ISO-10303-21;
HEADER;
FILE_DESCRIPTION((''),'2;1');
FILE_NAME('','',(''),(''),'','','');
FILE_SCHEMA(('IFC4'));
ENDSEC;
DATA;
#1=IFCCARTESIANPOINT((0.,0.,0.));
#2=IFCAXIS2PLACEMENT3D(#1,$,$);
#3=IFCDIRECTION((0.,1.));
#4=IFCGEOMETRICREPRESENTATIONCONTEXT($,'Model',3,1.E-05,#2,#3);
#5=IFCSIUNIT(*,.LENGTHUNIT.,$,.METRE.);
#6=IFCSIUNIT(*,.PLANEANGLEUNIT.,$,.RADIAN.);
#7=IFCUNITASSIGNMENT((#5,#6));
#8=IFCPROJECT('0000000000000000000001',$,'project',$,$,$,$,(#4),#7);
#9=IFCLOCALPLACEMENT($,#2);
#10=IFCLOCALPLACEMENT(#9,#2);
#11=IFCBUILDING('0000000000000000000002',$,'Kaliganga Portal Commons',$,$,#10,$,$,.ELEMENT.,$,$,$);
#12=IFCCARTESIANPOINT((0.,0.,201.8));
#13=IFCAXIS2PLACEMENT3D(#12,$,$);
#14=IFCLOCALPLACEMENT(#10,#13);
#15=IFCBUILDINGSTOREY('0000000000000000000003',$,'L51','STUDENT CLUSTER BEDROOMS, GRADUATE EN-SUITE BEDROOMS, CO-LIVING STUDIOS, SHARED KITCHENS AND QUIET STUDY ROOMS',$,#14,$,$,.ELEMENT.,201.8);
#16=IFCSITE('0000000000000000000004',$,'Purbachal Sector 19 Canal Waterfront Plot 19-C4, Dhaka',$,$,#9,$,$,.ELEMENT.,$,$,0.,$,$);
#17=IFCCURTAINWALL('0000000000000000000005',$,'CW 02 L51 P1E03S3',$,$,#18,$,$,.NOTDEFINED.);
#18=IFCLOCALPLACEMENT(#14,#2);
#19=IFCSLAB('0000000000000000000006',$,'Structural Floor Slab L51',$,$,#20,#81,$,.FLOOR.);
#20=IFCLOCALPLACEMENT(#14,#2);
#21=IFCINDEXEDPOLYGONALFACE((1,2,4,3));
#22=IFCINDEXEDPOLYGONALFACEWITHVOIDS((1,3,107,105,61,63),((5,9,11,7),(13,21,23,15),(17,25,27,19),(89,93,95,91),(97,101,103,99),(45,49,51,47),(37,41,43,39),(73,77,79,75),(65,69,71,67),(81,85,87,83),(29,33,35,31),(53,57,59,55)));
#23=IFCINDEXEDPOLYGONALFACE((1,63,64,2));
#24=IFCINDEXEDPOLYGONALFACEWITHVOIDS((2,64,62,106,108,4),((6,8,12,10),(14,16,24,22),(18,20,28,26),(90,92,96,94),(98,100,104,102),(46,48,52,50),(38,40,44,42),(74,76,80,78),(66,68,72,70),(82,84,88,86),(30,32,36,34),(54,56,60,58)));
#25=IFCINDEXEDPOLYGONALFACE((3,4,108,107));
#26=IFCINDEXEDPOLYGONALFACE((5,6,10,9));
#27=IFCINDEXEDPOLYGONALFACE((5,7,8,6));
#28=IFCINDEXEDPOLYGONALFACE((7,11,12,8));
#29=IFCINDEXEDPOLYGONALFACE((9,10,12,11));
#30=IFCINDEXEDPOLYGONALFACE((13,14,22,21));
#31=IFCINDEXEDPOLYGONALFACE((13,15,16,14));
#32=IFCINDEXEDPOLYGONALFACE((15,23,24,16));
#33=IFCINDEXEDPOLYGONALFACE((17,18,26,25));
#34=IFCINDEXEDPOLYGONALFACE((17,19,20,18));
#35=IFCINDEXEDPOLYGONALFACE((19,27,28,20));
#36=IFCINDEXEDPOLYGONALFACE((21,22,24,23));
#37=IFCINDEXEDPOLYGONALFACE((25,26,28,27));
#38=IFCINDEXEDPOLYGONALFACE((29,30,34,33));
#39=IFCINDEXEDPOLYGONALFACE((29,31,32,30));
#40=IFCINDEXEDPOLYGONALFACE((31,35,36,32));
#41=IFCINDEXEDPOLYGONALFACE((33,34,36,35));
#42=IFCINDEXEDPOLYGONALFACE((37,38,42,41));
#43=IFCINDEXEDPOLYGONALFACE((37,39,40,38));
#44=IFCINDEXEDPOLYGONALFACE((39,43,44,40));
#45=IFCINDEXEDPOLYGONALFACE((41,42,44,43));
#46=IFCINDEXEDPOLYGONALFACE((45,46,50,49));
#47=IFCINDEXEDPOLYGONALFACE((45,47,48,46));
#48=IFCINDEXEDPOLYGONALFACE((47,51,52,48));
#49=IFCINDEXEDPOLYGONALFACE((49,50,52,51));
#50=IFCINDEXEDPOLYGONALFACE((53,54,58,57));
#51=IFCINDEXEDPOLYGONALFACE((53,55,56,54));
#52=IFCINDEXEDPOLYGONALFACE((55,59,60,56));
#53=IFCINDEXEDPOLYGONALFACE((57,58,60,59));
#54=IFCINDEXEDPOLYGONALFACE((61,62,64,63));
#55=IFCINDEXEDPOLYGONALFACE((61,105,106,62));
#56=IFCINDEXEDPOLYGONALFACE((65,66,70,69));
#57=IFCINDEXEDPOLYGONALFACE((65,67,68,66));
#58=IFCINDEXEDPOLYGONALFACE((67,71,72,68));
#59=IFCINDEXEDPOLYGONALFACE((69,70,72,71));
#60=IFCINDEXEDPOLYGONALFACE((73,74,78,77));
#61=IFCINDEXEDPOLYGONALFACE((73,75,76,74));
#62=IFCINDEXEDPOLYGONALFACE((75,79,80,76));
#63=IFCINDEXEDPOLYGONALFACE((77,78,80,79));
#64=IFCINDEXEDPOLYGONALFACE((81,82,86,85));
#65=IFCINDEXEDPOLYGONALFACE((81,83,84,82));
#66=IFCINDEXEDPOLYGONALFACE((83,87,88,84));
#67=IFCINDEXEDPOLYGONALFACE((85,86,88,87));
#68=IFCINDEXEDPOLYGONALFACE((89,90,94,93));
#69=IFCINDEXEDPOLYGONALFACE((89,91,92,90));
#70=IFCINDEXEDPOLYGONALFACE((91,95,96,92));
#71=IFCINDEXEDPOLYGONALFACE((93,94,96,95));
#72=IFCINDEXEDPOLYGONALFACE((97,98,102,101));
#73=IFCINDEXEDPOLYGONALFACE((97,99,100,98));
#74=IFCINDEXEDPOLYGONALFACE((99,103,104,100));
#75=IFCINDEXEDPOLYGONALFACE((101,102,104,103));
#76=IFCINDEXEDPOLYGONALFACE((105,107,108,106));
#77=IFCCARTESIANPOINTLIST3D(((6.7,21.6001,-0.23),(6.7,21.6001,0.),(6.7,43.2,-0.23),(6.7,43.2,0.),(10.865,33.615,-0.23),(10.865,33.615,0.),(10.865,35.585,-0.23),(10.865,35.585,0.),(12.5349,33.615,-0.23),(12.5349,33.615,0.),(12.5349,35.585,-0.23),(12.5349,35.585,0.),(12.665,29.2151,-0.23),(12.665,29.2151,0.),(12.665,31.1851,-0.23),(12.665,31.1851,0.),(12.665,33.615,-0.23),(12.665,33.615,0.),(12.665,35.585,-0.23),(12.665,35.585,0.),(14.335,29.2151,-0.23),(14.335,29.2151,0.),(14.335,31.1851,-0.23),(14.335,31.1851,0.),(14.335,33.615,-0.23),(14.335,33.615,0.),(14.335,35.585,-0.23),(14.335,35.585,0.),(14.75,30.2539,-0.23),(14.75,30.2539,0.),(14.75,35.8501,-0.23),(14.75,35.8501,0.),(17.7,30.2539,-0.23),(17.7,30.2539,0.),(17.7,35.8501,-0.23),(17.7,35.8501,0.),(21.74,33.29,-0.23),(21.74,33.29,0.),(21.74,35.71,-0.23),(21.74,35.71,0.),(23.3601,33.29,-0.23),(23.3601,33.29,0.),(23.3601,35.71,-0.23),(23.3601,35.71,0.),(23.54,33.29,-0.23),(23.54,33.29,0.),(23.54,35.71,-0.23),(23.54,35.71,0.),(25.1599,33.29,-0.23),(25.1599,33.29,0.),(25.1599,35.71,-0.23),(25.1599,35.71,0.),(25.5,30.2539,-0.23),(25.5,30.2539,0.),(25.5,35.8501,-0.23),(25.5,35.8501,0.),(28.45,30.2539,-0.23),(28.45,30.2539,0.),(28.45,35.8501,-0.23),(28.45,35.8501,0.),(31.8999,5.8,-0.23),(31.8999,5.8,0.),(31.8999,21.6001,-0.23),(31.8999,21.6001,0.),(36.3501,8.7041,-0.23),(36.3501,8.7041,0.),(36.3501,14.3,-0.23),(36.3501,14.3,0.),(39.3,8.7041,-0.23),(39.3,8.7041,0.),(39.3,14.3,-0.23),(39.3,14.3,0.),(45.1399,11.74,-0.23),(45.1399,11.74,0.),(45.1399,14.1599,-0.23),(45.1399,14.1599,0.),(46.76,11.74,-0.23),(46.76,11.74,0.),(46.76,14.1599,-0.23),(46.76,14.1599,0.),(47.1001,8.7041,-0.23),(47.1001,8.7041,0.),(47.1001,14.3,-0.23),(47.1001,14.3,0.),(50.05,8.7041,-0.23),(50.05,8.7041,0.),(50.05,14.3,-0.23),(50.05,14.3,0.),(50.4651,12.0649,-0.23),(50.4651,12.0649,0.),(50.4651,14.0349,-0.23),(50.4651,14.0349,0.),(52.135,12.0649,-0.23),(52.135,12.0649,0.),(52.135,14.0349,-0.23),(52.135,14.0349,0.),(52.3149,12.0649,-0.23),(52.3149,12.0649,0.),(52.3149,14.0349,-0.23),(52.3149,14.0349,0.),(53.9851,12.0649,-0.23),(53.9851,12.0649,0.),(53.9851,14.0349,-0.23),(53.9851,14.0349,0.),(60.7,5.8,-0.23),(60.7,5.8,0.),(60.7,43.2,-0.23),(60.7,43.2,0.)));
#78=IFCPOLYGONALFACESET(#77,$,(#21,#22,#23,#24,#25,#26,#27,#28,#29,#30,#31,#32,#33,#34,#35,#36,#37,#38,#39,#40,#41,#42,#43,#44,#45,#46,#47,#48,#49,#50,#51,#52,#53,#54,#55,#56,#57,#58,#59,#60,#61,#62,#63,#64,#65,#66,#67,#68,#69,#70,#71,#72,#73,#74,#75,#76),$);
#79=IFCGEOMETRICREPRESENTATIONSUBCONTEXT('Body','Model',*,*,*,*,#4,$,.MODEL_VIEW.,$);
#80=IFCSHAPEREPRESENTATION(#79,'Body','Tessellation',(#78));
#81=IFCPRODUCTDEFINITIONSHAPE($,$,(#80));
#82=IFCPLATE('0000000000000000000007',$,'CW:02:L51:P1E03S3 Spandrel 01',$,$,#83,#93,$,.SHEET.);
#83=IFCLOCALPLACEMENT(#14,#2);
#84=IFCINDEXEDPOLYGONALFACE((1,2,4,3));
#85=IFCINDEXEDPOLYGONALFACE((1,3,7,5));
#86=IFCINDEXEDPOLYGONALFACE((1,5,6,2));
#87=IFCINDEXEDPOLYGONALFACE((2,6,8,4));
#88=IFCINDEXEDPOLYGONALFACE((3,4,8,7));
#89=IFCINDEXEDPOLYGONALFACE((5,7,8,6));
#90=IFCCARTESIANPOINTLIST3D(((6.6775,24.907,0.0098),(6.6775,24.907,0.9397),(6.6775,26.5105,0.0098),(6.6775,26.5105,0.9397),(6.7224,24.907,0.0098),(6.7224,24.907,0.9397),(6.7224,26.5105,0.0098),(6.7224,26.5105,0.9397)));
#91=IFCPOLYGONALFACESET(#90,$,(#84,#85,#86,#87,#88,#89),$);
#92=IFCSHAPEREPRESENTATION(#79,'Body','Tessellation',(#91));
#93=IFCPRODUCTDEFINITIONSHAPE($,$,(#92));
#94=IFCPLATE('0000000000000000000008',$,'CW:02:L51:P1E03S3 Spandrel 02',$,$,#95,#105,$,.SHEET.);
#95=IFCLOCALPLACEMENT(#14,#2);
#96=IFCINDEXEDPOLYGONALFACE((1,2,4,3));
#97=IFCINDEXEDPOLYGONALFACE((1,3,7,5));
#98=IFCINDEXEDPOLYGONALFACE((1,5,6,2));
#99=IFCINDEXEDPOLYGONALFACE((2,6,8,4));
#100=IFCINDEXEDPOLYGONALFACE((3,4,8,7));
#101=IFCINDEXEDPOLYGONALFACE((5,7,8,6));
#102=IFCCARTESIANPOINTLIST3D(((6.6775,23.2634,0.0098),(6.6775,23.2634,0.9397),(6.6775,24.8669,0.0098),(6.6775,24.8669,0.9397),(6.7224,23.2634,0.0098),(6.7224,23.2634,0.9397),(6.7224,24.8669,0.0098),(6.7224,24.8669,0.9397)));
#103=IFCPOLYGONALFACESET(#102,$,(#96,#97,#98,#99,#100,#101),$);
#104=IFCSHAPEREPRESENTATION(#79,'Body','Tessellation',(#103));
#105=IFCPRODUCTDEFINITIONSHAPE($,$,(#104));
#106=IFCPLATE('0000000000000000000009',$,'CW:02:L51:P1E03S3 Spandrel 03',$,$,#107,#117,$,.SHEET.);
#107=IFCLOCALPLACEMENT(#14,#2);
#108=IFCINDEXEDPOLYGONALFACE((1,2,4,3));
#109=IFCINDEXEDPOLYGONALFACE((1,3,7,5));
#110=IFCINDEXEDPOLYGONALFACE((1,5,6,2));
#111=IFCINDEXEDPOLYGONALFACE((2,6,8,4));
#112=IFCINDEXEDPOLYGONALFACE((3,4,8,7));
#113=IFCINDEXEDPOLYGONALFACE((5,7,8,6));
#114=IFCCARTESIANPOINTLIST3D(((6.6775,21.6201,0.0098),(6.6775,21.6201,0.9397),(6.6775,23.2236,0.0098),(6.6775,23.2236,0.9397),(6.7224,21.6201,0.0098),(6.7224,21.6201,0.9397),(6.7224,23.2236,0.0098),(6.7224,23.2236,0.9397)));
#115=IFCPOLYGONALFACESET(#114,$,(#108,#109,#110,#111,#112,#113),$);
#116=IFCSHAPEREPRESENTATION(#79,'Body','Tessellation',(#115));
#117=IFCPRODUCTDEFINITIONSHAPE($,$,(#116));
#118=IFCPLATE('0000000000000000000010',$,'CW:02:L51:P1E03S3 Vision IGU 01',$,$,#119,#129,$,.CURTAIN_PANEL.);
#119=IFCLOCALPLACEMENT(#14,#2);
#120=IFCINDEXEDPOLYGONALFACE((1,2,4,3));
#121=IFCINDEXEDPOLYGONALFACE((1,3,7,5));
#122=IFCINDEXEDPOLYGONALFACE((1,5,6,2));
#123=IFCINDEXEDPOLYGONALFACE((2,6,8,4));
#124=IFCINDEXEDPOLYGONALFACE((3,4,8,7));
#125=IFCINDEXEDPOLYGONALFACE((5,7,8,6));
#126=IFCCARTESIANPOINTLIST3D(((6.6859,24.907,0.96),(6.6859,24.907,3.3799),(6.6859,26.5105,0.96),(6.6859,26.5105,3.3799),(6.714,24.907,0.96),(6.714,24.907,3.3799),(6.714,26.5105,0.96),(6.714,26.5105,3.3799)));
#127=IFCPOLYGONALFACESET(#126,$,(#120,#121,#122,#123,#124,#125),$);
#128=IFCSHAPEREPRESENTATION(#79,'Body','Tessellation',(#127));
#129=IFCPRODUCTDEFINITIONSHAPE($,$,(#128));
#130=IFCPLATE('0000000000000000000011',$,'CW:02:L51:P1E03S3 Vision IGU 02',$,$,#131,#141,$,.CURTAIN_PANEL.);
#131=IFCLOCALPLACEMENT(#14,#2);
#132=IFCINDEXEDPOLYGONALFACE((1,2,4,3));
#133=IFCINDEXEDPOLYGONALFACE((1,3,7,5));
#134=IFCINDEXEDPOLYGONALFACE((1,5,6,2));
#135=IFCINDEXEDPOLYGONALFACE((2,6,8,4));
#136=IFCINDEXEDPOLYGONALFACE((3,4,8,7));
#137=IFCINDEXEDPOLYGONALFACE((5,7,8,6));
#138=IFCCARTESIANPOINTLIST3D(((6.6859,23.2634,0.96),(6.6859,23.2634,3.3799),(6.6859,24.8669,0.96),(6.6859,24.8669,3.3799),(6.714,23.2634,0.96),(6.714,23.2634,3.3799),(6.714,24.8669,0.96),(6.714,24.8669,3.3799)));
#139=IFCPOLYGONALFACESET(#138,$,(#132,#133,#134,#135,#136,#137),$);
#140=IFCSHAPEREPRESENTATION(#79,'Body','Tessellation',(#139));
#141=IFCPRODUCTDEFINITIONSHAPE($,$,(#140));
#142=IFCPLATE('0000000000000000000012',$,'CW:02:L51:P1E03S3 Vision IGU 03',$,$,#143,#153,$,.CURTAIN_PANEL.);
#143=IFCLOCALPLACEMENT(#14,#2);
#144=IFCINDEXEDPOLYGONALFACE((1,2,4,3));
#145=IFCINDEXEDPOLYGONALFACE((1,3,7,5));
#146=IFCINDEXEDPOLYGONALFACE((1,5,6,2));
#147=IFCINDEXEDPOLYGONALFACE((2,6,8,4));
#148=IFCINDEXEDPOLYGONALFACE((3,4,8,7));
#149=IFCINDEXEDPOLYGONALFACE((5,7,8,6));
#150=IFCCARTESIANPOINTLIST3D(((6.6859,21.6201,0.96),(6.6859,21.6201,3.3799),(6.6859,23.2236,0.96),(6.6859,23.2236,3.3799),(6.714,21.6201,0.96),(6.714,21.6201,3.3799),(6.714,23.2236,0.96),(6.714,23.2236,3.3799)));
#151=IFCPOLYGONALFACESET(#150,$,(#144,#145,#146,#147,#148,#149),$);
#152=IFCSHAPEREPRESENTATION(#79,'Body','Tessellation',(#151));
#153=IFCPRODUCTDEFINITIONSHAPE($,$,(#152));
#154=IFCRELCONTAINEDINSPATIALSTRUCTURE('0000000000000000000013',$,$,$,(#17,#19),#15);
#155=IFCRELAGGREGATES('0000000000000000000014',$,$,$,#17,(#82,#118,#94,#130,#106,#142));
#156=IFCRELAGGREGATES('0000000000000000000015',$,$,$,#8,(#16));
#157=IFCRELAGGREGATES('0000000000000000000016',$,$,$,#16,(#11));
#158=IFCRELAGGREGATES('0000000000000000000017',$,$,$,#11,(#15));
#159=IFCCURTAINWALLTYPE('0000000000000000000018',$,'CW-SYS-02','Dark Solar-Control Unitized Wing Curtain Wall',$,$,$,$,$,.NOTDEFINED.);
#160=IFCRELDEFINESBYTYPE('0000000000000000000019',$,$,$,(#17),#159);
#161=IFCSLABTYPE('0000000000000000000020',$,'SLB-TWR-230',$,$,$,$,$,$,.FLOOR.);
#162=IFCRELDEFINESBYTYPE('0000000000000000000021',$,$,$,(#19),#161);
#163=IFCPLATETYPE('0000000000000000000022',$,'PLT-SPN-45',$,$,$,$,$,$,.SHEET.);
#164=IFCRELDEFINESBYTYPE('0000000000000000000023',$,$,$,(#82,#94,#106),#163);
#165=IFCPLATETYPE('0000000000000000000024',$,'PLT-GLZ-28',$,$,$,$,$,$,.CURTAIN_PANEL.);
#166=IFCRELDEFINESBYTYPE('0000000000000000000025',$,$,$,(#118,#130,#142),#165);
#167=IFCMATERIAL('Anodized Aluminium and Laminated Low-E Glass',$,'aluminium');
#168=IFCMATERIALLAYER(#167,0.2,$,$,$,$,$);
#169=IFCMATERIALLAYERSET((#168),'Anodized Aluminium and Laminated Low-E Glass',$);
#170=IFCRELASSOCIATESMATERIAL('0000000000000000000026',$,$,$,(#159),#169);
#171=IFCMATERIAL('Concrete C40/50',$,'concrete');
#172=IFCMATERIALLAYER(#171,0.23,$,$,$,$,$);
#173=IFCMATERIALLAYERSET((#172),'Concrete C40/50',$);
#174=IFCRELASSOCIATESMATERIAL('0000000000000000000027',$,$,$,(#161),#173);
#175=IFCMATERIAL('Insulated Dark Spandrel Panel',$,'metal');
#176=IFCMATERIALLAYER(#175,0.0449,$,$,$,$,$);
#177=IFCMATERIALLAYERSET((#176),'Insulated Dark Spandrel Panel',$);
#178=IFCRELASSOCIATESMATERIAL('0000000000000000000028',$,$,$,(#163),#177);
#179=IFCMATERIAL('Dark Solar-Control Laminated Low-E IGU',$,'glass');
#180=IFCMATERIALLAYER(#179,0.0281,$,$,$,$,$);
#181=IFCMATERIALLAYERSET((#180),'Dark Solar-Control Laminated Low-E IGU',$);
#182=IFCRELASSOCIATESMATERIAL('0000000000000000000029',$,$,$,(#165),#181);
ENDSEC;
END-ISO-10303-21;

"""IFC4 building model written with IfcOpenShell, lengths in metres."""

from ifc_helpers import new_model, si_unit, direction, frame, origin, origin_2d, place, context, subcontext, project, spatial, polyline, rectangle, outline, extrude, source, transform, mapped, material, layer, layer_set, type_object, element, aggregate, save


model = new_model("IFC4")

# Units and contexts
model_context = context("Model", 3, precision=1e-05, world=origin(), true_north=direction((0.0, 1.0)))
body_context = subcontext(model_context, "Body", "Model", "MODEL_VIEW")
ifc_project = project(units=[si_unit("LENGTHUNIT", "METRE"), si_unit("PLANEANGLEUNIT", "RADIAN")], contexts=[model_context])

# Site, building, storey
site_placement = place(None, origin())
site = spatial("IfcSite", under=ifc_project, at=site_placement, Name="Purbachal Sector 19 Canal Waterfront Plot 19-C4, Dhaka", CompositionType="ELEMENT", RefElevation=0.0)
building_placement = place(site_placement, origin())
building = spatial("IfcBuilding", under=site, at=building_placement, Name="Kaliganga Portal Commons", CompositionType="ELEMENT")
storey_placement = place(building_placement, frame((0.0, 0.0, 201.8)))
storey = spatial("IfcBuildingStorey", under=building, at=storey_placement, Name="L51", Description="STUDENT CLUSTER BEDROOMS, GRADUATE EN-SUITE BEDROOMS, CO-LIVING STUDIOS, SHARED KITCHENS AND QUIET STUDY ROOMS", CompositionType="ELEMENT", Elevation=201.8)

# Curtain wall
ifc_material_1 = material(Name="Anodized Aluminium and Laminated Low-E Glass", Category="aluminium")
ifc_layer_1 = layer(ifc_material_1, 0.2)
ifc_layer_set_1 = layer_set([ifc_layer_1], Name="Anodized Aluminium and Laminated Low-E Glass")
curtain_wall_type = type_object("IfcCurtainWallType", Name="CW-SYS-02", Description="Dark Solar-Control Unitized Wing Curtain Wall", PredefinedType="NOTDEFINED", material=ifc_layer_set_1)
curtain_wall_placement = place(storey_placement, origin())
curtain_wall = element("IfcCurtainWall", 1, at=curtain_wall_placement, inside=storey, type_object=curtain_wall_type, Name="CW 02 L51 P1E03S3", PredefinedType="NOTDEFINED")

# Shared definitions
ifc_material_2 = material(Name="Concrete C40/50", Category="concrete")

# Slab
ifc_layer_2 = layer(ifc_material_2, 0.23)
ifc_layer_set_2 = layer_set([ifc_layer_2], Name="Concrete C40/50")
slab_type_1 = type_object("IfcSlabType", Name="SLB-TWR-230", PredefinedType="FLOOR", material=ifc_layer_set_2)
slab_1_placement = place(storey_placement, frame((0.0, 0.0, -0.23)))
element("IfcSlab", 2, at=slab_1_placement, inside=storey, type_object=slab_type_1, Name="Structural Floor Slab L51", PredefinedType="FLOOR", context=body_context, shape_type="SweptSolid", body=[
    extrude(outline(polyline([(31.8999, 5.8), (60.7, 5.8), (60.7, 43.2), (6.7, 43.2), (6.7, 21.6001), (31.8999, 21.6001), (31.8999, 5.8)]), holes=[polyline([(14.75, 30.2539), (14.75, 35.8501), (17.7, 35.8501), (17.7, 30.2539), (14.75, 30.2539)]), polyline([(25.5, 30.2539), (25.5, 35.8501), (28.45, 35.8501), (28.45, 30.2539), (25.5, 30.2539)]), polyline([(36.3501, 8.7041), (36.3501, 14.3), (39.3, 14.3), (39.3, 8.7041), (36.3501, 8.7041)]), polyline([(47.1001, 8.7041), (47.1001, 14.3), (50.05, 14.3), (50.05, 8.7041), (47.1001, 8.7041)]), polyline([(12.665, 33.615), (12.665, 35.585), (14.335, 35.585), (14.335, 33.615), (12.665, 33.615)]), polyline([(12.665, 29.2151), (12.665, 31.1851), (14.335, 31.1851), (14.335, 29.2151), (12.665, 29.2151)]), polyline([(10.865, 33.615), (10.865, 35.585), (12.5349, 35.585), (12.5349, 33.615), (10.865, 33.615)]), polyline([(21.74, 33.29), (21.74, 35.71), (23.3601, 35.71), (23.3601, 33.29), (21.74, 33.29)]), polyline([(23.54, 33.29), (23.54, 35.71), (25.1599, 35.71), (25.1599, 33.29), (23.54, 33.29)]), polyline([(50.4651, 12.0649), (50.4651, 14.0349), (52.135, 14.0349), (52.135, 12.0649), (50.4651, 12.0649)]), polyline([(52.3149, 12.0649), (52.3149, 14.0349), (53.9851, 14.0349), (53.9851, 12.0649), (52.3149, 12.0649)]), polyline([(45.1399, 11.74), (45.1399, 14.1599), (46.76, 14.1599), (46.76, 11.74), (45.1399, 11.74)])]), origin(), (0.0, 0.0, 1.0), 0.23),
])

# Plates
ifc_material_3 = material(Name="Insulated Dark Spandrel Panel", Category="metal")
ifc_layer_3 = layer(ifc_material_3, 0.0449)
ifc_layer_set_3 = layer_set([ifc_layer_3], Name="Insulated Dark Spandrel Panel")
plate_type_1 = type_object("IfcPlateType", Name="PLT-SPN-45", PredefinedType="SHEET", material=ifc_layer_set_3)
shared_shape_1 = source(origin(), body_context, "Body", "SweptSolid", [
    extrude(rectangle(XDim=1.6035, YDim=0.0449, at=origin_2d()), origin(), (0.0, 0.0, 1.0), 0.9299),
])
plate_1_placement = place(storey_placement, frame((6.7, 25.7087, 0.0098), z_axis=(0.0, 0.0, 1.0), x_axis=(0.0, -1.0, 0.0)))
plate_1 = element("IfcPlate", 3, at=plate_1_placement, type_object=plate_type_1, Name="CW:02:L51:P1E03S3 Spandrel 01", PredefinedType="SHEET", context=body_context, shape_type="MappedRepresentation", body=[
    mapped(shared_shape_1, transform((0.0, 0.0, 0.0), x_axis=(1.0, 0.0, 0.0), y_axis=(0.0, 1.0, 0.0), z_axis=(0.0, 0.0, 1.0), scale=1.0)),
])
plate_2_placement = place(storey_placement, frame((6.7, 24.0652, 0.0098), z_axis=(0.0, 0.0, 1.0), x_axis=(0.0, -1.0, 0.0)))
plate_2 = element("IfcPlate", 4, at=plate_2_placement, type_object=plate_type_1, Name="CW:02:L51:P1E03S3 Spandrel 02", PredefinedType="SHEET", context=body_context, shape_type="MappedRepresentation", body=[
    mapped(shared_shape_1, transform((0.0, 0.0, 0.0), x_axis=(1.0, 0.0, 0.0), y_axis=(0.0, 1.0, 0.0), z_axis=(0.0, 0.0, 1.0), scale=1.0)),
])
plate_3_placement = place(storey_placement, frame((6.7, 22.4219, 0.0098), z_axis=(0.0, 0.0, 1.0), x_axis=(0.0, -1.0, 0.0)))
plate_3 = element("IfcPlate", 5, at=plate_3_placement, type_object=plate_type_1, Name="CW:02:L51:P1E03S3 Spandrel 03", PredefinedType="SHEET", context=body_context, shape_type="MappedRepresentation", body=[
    mapped(shared_shape_1, transform((0.0, 0.0, 0.0), x_axis=(1.0, 0.0, 0.0), y_axis=(0.0, 1.0, 0.0), z_axis=(0.0, 0.0, 1.0), scale=1.0)),
])
ifc_material_4 = material(Name="Dark Solar-Control Laminated Low-E IGU", Category="glass")
ifc_layer_4 = layer(ifc_material_4, 0.0281)
ifc_layer_set_4 = layer_set([ifc_layer_4], Name="Dark Solar-Control Laminated Low-E IGU")
plate_type_2 = type_object("IfcPlateType", Name="PLT-GLZ-28", PredefinedType="CURTAIN_PANEL", material=ifc_layer_set_4)
shared_shape_2 = source(origin(), body_context, "Body", "SweptSolid", [
    extrude(rectangle(XDim=1.6035, YDim=0.0281, at=origin_2d()), origin(), (0.0, 0.0, 1.0), 2.4199),
])
plate_4_placement = place(storey_placement, frame((6.7, 25.7087, 0.96), z_axis=(0.0, 0.0, 1.0), x_axis=(0.0, -1.0, 0.0)))
plate_4 = element("IfcPlate", 6, at=plate_4_placement, type_object=plate_type_2, Name="CW:02:L51:P1E03S3 Vision IGU 01", PredefinedType="CURTAIN_PANEL", context=body_context, shape_type="MappedRepresentation", body=[
    mapped(shared_shape_2, transform((0.0, 0.0, 0.0), x_axis=(1.0, 0.0, 0.0), y_axis=(0.0, 1.0, 0.0), z_axis=(0.0, 0.0, 1.0), scale=1.0)),
])
plate_5_placement = place(storey_placement, frame((6.7, 24.0652, 0.96), z_axis=(0.0, 0.0, 1.0), x_axis=(0.0, -1.0, 0.0)))
plate_5 = element("IfcPlate", 7, at=plate_5_placement, type_object=plate_type_2, Name="CW:02:L51:P1E03S3 Vision IGU 02", PredefinedType="CURTAIN_PANEL", context=body_context, shape_type="MappedRepresentation", body=[
    mapped(shared_shape_2, transform((0.0, 0.0, 0.0), x_axis=(1.0, 0.0, 0.0), y_axis=(0.0, 1.0, 0.0), z_axis=(0.0, 0.0, 1.0), scale=1.0)),
])
plate_6_placement = place(storey_placement, frame((6.7, 22.4219, 0.96), z_axis=(0.0, 0.0, 1.0), x_axis=(0.0, -1.0, 0.0)))
plate_6 = element("IfcPlate", 8, at=plate_6_placement, type_object=plate_type_2, Name="CW:02:L51:P1E03S3 Vision IGU 03", PredefinedType="CURTAIN_PANEL", context=body_context, shape_type="MappedRepresentation", body=[
    mapped(shared_shape_2, transform((0.0, 0.0, 0.0), x_axis=(1.0, 0.0, 0.0), y_axis=(0.0, 1.0, 0.0), z_axis=(0.0, 0.0, 1.0), scale=1.0)),
])
aggregate(curtain_wall, [plate_1, plate_4, plate_2, plate_5, plate_3, plate_6])

save(model, "model.ifc")
